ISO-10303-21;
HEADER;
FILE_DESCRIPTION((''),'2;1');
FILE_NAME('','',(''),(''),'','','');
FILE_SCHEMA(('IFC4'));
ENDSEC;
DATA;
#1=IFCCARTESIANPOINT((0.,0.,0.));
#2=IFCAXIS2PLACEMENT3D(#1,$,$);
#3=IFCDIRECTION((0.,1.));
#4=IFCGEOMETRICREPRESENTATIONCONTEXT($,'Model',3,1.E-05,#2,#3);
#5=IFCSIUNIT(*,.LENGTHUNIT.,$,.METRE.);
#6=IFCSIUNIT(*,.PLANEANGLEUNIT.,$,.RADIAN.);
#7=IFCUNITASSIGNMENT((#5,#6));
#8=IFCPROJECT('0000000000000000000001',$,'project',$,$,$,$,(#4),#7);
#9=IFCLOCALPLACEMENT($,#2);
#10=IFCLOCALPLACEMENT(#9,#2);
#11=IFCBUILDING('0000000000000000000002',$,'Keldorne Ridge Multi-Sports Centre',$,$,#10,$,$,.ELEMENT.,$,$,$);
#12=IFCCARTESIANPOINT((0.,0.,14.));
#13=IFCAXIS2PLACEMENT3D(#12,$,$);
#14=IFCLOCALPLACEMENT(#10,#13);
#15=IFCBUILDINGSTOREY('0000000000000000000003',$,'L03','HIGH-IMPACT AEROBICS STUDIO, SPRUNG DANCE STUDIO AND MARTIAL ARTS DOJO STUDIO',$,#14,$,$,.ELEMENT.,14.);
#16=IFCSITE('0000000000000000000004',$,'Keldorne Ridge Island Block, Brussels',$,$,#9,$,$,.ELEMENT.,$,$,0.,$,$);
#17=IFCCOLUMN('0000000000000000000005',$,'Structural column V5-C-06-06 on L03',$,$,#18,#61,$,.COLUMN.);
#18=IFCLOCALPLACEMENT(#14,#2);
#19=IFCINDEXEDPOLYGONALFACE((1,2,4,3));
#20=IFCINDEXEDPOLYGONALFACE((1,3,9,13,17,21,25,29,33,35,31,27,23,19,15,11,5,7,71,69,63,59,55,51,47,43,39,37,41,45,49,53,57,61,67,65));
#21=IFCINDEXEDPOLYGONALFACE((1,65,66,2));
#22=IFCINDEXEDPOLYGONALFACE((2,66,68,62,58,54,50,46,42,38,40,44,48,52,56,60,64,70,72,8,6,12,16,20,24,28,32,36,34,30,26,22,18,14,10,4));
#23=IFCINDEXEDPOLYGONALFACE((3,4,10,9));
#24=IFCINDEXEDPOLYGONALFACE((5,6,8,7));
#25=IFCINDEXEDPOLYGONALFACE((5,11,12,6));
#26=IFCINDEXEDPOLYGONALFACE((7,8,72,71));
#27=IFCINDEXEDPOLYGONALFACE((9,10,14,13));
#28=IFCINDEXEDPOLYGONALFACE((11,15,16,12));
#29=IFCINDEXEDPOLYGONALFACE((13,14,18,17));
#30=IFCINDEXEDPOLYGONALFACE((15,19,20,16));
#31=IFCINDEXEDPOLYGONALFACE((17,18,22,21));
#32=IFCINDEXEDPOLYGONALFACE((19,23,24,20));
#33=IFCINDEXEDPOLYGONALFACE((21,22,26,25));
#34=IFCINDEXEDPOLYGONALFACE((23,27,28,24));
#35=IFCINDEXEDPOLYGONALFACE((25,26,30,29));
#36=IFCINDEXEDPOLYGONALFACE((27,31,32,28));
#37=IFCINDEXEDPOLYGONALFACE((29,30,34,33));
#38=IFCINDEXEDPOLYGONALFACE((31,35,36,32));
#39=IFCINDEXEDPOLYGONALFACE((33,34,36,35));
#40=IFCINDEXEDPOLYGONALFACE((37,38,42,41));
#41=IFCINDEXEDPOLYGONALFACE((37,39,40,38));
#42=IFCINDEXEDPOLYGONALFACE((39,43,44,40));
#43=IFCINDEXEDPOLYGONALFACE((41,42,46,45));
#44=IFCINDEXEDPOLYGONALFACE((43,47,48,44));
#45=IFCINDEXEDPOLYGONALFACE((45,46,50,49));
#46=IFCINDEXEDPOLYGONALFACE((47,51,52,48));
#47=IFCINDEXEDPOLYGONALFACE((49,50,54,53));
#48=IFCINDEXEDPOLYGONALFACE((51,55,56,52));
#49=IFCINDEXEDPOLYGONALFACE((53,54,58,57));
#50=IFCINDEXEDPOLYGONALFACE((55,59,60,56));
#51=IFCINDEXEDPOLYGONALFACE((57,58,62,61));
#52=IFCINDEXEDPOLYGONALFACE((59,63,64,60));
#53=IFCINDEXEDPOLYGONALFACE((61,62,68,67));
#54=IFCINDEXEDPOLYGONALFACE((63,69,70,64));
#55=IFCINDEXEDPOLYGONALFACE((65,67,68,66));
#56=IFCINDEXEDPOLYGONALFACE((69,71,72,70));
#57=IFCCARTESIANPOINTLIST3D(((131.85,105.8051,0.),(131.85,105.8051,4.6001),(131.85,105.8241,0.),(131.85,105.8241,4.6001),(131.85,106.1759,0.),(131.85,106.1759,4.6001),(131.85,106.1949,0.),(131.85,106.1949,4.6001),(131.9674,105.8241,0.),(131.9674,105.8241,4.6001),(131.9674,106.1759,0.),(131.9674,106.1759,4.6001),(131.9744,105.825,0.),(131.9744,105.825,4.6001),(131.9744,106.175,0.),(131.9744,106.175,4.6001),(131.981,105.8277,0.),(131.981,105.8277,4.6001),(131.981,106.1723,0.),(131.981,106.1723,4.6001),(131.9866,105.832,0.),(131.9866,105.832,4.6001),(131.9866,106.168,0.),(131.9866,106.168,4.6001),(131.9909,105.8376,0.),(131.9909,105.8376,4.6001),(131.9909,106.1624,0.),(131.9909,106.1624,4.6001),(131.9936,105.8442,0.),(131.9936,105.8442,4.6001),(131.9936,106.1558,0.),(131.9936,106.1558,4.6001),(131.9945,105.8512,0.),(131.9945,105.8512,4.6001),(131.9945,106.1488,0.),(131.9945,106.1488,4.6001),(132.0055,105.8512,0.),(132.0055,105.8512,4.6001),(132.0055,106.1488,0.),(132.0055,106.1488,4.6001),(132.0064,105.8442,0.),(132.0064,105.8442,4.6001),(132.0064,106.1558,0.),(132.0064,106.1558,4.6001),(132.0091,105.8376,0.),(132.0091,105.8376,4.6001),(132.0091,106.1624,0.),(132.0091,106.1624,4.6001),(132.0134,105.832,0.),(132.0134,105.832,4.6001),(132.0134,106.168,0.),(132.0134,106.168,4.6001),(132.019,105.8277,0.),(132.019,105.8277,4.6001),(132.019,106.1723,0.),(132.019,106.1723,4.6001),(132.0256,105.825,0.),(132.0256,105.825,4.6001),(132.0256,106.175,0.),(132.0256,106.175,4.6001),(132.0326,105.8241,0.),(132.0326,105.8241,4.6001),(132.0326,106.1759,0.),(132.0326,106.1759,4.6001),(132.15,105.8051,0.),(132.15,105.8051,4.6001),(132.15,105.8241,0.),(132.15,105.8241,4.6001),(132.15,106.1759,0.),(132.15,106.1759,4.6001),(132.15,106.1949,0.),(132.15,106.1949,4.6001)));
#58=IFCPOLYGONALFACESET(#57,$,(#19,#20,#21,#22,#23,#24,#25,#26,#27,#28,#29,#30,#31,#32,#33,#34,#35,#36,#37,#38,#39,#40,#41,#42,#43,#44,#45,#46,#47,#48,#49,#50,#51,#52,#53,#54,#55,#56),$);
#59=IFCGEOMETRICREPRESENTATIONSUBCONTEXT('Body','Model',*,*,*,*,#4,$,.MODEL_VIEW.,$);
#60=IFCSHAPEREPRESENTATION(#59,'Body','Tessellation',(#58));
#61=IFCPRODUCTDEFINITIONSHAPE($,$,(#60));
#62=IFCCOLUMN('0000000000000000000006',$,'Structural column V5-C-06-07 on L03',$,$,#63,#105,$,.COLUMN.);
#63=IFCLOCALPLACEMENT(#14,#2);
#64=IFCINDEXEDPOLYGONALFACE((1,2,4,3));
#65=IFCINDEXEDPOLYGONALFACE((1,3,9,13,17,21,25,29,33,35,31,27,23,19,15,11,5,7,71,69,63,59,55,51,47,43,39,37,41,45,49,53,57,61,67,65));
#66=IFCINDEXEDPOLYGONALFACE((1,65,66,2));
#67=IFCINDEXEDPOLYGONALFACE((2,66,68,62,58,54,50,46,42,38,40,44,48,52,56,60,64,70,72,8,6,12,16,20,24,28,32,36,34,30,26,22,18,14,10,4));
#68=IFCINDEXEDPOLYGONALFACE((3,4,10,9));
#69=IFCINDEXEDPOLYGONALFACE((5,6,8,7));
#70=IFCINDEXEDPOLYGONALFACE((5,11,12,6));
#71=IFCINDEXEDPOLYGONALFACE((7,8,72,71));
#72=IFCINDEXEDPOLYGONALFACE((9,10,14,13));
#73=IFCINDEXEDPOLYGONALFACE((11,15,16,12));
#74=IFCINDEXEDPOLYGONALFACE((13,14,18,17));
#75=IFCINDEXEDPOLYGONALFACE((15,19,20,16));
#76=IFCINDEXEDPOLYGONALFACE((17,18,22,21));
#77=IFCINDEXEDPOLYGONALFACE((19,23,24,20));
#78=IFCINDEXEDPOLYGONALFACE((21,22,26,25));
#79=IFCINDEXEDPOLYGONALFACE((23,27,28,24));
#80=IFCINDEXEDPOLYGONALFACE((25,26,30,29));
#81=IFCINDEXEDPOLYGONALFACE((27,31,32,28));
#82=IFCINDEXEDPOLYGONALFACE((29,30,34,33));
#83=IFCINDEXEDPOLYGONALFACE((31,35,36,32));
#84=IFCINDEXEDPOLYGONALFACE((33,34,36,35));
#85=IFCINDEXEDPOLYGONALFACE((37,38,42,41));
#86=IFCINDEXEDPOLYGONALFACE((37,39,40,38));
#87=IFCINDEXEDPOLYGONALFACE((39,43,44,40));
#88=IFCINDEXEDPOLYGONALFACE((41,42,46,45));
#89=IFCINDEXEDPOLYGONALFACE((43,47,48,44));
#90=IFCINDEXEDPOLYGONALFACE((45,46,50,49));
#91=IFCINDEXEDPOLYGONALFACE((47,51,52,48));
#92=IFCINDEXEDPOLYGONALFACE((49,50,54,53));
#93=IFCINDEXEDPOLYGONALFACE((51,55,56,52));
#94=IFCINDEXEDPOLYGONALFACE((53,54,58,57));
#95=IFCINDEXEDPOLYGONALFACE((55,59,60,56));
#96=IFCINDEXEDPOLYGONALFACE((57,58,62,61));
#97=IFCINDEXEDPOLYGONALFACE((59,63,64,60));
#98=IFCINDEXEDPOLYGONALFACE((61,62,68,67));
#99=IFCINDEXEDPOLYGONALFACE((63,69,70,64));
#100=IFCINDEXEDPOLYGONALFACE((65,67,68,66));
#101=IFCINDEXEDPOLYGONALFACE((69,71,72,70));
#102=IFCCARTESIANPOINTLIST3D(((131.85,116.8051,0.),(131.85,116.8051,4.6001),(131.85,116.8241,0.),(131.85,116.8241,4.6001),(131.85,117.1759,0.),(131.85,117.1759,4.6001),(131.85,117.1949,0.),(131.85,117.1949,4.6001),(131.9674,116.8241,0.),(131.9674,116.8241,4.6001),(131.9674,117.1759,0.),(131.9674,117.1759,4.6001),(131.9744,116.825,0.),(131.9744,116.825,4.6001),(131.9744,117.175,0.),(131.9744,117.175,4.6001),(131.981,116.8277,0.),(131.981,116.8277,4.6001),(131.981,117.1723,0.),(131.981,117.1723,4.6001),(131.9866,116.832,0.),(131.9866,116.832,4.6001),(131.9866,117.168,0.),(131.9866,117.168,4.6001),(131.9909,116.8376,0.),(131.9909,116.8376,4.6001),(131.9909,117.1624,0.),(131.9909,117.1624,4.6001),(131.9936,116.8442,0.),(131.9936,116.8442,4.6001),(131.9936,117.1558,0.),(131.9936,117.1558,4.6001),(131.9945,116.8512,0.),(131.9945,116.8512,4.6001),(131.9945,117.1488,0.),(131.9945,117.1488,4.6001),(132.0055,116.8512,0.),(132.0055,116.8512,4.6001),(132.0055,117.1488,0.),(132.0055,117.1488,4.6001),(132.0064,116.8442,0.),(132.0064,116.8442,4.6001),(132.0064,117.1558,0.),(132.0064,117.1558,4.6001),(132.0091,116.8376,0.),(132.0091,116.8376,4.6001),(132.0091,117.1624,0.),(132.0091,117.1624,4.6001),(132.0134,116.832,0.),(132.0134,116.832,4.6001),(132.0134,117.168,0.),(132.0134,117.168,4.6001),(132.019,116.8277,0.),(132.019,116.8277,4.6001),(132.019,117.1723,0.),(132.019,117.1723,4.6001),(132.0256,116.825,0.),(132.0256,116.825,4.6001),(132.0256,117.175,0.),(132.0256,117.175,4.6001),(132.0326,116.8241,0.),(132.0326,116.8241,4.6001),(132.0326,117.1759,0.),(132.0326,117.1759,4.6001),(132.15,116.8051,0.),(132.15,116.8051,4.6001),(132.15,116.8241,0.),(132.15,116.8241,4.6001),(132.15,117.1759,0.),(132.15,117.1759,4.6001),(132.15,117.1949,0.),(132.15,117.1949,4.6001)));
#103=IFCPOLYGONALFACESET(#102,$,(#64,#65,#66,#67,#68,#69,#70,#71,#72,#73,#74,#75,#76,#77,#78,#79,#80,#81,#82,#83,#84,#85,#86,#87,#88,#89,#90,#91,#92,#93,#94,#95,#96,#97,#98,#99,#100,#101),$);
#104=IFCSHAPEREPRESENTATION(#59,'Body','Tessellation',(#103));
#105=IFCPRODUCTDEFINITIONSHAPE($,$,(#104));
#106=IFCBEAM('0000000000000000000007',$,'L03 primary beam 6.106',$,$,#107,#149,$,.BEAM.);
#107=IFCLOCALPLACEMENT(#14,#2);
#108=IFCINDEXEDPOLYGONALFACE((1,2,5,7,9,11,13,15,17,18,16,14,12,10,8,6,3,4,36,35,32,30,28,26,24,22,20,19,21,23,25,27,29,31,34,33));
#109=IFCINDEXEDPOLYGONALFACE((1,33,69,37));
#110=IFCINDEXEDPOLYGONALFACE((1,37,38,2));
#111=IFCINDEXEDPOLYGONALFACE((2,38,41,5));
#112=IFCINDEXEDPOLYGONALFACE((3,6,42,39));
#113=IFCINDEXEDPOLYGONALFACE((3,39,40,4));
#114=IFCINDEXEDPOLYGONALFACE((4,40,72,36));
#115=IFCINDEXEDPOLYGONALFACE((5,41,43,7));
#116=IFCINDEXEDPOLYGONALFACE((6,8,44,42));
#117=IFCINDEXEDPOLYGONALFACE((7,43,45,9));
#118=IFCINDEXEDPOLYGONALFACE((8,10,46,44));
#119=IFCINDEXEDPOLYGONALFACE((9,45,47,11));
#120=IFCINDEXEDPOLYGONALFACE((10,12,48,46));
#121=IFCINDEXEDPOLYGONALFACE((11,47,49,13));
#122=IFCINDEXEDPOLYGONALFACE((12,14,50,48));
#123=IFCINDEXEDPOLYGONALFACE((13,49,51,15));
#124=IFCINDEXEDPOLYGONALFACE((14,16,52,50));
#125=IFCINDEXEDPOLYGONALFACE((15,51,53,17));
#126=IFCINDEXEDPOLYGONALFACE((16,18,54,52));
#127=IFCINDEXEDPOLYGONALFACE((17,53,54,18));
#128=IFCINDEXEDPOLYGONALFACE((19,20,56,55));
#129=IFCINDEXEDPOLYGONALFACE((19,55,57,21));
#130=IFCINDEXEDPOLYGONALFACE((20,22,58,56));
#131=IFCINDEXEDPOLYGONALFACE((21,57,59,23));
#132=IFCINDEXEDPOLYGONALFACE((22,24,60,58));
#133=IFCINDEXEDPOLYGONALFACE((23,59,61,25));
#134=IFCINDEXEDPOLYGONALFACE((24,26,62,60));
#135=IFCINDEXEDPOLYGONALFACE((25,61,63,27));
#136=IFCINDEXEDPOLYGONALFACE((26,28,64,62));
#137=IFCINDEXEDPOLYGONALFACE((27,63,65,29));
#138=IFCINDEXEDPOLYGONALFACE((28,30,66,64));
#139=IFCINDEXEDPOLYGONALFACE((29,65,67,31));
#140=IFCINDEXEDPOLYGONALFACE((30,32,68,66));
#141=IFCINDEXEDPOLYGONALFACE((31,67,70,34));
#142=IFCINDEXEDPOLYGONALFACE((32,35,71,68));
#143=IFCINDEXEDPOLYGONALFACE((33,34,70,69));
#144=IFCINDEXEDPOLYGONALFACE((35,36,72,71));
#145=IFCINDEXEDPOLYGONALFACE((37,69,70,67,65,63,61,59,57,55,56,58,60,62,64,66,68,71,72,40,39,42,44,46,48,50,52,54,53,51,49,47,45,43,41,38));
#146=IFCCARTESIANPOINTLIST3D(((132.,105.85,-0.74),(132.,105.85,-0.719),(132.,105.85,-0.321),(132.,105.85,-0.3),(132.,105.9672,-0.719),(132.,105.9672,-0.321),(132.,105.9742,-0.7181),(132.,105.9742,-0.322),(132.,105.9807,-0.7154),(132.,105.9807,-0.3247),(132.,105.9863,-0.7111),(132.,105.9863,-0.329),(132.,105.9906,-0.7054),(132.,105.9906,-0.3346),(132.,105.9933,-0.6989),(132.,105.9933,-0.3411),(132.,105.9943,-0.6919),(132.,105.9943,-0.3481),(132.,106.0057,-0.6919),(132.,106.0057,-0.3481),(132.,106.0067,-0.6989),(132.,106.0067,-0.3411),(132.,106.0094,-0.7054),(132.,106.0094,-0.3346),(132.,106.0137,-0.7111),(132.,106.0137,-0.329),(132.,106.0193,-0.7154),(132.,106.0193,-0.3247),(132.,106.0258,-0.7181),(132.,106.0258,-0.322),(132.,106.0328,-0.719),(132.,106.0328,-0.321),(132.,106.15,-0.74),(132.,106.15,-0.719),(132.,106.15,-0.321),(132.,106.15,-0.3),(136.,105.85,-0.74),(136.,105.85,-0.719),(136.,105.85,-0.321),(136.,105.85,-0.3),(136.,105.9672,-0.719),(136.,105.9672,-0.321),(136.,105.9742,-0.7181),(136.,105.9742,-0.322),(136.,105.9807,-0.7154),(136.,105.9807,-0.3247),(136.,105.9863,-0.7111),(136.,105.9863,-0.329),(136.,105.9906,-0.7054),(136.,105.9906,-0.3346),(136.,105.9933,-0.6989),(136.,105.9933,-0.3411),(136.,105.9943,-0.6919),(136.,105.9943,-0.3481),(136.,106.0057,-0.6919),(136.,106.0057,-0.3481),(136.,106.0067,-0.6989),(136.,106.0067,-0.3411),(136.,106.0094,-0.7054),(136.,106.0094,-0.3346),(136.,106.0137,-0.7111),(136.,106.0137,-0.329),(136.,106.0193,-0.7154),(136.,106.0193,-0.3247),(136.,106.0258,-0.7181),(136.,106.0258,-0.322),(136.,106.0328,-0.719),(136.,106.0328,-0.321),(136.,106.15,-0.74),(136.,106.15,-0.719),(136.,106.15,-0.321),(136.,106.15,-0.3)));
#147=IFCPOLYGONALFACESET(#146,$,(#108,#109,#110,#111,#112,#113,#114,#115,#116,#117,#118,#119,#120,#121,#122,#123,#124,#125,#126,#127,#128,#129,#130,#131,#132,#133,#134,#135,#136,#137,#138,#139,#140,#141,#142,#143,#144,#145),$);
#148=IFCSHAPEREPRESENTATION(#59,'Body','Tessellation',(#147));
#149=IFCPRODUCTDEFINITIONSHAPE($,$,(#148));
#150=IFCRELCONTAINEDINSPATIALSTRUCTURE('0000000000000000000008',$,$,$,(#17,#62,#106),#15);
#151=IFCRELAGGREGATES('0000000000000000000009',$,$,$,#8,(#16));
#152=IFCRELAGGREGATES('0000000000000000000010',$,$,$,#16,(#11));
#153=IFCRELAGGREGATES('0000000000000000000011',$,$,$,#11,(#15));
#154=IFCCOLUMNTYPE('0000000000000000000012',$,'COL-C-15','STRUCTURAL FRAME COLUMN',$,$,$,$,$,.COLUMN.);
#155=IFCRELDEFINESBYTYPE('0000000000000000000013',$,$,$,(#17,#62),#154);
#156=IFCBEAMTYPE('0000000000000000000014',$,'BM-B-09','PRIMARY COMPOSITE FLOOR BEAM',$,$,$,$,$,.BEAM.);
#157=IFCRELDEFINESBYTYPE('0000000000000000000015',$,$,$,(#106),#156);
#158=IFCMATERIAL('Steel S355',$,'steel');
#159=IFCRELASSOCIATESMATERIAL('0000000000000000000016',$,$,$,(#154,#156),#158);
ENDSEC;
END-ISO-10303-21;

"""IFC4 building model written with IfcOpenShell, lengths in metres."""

from ifc_helpers import new_model, si_unit, direction, frame, origin, origin_2d, place, context, subcontext, project, spatial, i_section, extrude, material, material_profile, profile_set, type_object, element, save


model = new_model("IFC4")

# Units and contexts
model_context = context("Model", 3, precision=1e-05, world=origin(), true_north=direction((0.0, 1.0)))
body_context = subcontext(model_context, "Body", "Model", "MODEL_VIEW")
ifc_project = project(units=[si_unit("LENGTHUNIT", "METRE"), si_unit("PLANEANGLEUNIT", "RADIAN")], contexts=[model_context])

# Site, building, storey
site_placement = place(None, origin())
site = spatial("IfcSite", under=ifc_project, at=site_placement, Name="Keldorne Ridge Island Block, Brussels", CompositionType="ELEMENT", RefElevation=0.0)
building_placement = place(site_placement, origin())
building = spatial("IfcBuilding", under=site, at=building_placement, Name="Keldorne Ridge Multi-Sports Centre", CompositionType="ELEMENT")
storey_placement = place(building_placement, frame((0.0, 0.0, 14.0)))
storey = spatial("IfcBuildingStorey", under=building, at=storey_placement, Name="L03", Description="HIGH-IMPACT AEROBICS STUDIO, SPRUNG DANCE STUDIO AND MARTIAL ARTS DOJO STUDIO", CompositionType="ELEMENT", Elevation=14.0)

# Columns
ifc_material_1 = material(Name="Steel S355", Category="steel")
ifc_material_profile_1 = material_profile(ifc_material_1, i_section(OverallWidth=0.3, OverallDepth=0.3899, WebThickness=0.011, FlangeThickness=0.019, FilletRadius=0.0271, at=origin_2d()), Name="HEA 400")
ifc_profile_set_1 = profile_set([ifc_material_profile_1], Name="Steel S355")
column_type = type_object("IfcColumnType", Name="COL-C-15", Description="STRUCTURAL FRAME COLUMN", PredefinedType="COLUMN", material=ifc_profile_set_1)
for number, where, z_axis, x_axis, name in (
    (1, (132.0, 106.0, 0.0), (0.0, 0.0, 1.0), (1.0, 0.0, 0.0), "Structural column V5-C-06-06 on L03"),
    (2, (132.0, 117.0, 0.0), (0.0, 0.0, 1.0), (1.0, 0.0, 0.0), "Structural column V5-C-06-07 on L03"),
):
    element("IfcColumn", number, at=place(storey_placement, frame(where, z_axis=z_axis, x_axis=x_axis)), inside=storey, type_object=column_type, Name=name, PredefinedType="COLUMN", context=body_context, shape_type="SweptSolid", body=[
        extrude(i_section(OverallWidth=0.3, OverallDepth=0.3899, WebThickness=0.011, FlangeThickness=0.019, FilletRadius=0.0271, at=origin_2d()), origin(), (0.0, 0.0, 1.0), 4.6001),
    ])

# Beam
ifc_material_profile_2 = material_profile(ifc_material_1, i_section(OverallWidth=0.3, OverallDepth=0.4399, WebThickness=0.0115, FlangeThickness=0.021, FilletRadius=0.0271, at=origin_2d()), Name="HEA 450")
ifc_profile_set_2 = profile_set([ifc_material_profile_2], Name="Steel S355")
beam_type_1 = type_object("IfcBeamType", Name="BM-B-09", Description="PRIMARY COMPOSITE FLOOR BEAM", PredefinedType="BEAM", material=ifc_profile_set_2)
beam_1_placement = place(storey_placement, frame((132.0, 106.0, -0.52), z_axis=(1.0, 0.0, 0.0), x_axis=(0.0, 1.0, 0.0)))
element("IfcBeam", 3, at=beam_1_placement, inside=storey, type_object=beam_type_1, Name="L03 primary beam 6.106", PredefinedType="BEAM", context=body_context, shape_type="SweptSolid", body=[
    extrude(i_section(OverallWidth=0.3, OverallDepth=0.4399, WebThickness=0.0115, FlangeThickness=0.021, FilletRadius=0.0271, at=origin_2d()), origin(), (0.0, 0.0, 1.0), 4.0),
])

save(model, "model.ifc")
